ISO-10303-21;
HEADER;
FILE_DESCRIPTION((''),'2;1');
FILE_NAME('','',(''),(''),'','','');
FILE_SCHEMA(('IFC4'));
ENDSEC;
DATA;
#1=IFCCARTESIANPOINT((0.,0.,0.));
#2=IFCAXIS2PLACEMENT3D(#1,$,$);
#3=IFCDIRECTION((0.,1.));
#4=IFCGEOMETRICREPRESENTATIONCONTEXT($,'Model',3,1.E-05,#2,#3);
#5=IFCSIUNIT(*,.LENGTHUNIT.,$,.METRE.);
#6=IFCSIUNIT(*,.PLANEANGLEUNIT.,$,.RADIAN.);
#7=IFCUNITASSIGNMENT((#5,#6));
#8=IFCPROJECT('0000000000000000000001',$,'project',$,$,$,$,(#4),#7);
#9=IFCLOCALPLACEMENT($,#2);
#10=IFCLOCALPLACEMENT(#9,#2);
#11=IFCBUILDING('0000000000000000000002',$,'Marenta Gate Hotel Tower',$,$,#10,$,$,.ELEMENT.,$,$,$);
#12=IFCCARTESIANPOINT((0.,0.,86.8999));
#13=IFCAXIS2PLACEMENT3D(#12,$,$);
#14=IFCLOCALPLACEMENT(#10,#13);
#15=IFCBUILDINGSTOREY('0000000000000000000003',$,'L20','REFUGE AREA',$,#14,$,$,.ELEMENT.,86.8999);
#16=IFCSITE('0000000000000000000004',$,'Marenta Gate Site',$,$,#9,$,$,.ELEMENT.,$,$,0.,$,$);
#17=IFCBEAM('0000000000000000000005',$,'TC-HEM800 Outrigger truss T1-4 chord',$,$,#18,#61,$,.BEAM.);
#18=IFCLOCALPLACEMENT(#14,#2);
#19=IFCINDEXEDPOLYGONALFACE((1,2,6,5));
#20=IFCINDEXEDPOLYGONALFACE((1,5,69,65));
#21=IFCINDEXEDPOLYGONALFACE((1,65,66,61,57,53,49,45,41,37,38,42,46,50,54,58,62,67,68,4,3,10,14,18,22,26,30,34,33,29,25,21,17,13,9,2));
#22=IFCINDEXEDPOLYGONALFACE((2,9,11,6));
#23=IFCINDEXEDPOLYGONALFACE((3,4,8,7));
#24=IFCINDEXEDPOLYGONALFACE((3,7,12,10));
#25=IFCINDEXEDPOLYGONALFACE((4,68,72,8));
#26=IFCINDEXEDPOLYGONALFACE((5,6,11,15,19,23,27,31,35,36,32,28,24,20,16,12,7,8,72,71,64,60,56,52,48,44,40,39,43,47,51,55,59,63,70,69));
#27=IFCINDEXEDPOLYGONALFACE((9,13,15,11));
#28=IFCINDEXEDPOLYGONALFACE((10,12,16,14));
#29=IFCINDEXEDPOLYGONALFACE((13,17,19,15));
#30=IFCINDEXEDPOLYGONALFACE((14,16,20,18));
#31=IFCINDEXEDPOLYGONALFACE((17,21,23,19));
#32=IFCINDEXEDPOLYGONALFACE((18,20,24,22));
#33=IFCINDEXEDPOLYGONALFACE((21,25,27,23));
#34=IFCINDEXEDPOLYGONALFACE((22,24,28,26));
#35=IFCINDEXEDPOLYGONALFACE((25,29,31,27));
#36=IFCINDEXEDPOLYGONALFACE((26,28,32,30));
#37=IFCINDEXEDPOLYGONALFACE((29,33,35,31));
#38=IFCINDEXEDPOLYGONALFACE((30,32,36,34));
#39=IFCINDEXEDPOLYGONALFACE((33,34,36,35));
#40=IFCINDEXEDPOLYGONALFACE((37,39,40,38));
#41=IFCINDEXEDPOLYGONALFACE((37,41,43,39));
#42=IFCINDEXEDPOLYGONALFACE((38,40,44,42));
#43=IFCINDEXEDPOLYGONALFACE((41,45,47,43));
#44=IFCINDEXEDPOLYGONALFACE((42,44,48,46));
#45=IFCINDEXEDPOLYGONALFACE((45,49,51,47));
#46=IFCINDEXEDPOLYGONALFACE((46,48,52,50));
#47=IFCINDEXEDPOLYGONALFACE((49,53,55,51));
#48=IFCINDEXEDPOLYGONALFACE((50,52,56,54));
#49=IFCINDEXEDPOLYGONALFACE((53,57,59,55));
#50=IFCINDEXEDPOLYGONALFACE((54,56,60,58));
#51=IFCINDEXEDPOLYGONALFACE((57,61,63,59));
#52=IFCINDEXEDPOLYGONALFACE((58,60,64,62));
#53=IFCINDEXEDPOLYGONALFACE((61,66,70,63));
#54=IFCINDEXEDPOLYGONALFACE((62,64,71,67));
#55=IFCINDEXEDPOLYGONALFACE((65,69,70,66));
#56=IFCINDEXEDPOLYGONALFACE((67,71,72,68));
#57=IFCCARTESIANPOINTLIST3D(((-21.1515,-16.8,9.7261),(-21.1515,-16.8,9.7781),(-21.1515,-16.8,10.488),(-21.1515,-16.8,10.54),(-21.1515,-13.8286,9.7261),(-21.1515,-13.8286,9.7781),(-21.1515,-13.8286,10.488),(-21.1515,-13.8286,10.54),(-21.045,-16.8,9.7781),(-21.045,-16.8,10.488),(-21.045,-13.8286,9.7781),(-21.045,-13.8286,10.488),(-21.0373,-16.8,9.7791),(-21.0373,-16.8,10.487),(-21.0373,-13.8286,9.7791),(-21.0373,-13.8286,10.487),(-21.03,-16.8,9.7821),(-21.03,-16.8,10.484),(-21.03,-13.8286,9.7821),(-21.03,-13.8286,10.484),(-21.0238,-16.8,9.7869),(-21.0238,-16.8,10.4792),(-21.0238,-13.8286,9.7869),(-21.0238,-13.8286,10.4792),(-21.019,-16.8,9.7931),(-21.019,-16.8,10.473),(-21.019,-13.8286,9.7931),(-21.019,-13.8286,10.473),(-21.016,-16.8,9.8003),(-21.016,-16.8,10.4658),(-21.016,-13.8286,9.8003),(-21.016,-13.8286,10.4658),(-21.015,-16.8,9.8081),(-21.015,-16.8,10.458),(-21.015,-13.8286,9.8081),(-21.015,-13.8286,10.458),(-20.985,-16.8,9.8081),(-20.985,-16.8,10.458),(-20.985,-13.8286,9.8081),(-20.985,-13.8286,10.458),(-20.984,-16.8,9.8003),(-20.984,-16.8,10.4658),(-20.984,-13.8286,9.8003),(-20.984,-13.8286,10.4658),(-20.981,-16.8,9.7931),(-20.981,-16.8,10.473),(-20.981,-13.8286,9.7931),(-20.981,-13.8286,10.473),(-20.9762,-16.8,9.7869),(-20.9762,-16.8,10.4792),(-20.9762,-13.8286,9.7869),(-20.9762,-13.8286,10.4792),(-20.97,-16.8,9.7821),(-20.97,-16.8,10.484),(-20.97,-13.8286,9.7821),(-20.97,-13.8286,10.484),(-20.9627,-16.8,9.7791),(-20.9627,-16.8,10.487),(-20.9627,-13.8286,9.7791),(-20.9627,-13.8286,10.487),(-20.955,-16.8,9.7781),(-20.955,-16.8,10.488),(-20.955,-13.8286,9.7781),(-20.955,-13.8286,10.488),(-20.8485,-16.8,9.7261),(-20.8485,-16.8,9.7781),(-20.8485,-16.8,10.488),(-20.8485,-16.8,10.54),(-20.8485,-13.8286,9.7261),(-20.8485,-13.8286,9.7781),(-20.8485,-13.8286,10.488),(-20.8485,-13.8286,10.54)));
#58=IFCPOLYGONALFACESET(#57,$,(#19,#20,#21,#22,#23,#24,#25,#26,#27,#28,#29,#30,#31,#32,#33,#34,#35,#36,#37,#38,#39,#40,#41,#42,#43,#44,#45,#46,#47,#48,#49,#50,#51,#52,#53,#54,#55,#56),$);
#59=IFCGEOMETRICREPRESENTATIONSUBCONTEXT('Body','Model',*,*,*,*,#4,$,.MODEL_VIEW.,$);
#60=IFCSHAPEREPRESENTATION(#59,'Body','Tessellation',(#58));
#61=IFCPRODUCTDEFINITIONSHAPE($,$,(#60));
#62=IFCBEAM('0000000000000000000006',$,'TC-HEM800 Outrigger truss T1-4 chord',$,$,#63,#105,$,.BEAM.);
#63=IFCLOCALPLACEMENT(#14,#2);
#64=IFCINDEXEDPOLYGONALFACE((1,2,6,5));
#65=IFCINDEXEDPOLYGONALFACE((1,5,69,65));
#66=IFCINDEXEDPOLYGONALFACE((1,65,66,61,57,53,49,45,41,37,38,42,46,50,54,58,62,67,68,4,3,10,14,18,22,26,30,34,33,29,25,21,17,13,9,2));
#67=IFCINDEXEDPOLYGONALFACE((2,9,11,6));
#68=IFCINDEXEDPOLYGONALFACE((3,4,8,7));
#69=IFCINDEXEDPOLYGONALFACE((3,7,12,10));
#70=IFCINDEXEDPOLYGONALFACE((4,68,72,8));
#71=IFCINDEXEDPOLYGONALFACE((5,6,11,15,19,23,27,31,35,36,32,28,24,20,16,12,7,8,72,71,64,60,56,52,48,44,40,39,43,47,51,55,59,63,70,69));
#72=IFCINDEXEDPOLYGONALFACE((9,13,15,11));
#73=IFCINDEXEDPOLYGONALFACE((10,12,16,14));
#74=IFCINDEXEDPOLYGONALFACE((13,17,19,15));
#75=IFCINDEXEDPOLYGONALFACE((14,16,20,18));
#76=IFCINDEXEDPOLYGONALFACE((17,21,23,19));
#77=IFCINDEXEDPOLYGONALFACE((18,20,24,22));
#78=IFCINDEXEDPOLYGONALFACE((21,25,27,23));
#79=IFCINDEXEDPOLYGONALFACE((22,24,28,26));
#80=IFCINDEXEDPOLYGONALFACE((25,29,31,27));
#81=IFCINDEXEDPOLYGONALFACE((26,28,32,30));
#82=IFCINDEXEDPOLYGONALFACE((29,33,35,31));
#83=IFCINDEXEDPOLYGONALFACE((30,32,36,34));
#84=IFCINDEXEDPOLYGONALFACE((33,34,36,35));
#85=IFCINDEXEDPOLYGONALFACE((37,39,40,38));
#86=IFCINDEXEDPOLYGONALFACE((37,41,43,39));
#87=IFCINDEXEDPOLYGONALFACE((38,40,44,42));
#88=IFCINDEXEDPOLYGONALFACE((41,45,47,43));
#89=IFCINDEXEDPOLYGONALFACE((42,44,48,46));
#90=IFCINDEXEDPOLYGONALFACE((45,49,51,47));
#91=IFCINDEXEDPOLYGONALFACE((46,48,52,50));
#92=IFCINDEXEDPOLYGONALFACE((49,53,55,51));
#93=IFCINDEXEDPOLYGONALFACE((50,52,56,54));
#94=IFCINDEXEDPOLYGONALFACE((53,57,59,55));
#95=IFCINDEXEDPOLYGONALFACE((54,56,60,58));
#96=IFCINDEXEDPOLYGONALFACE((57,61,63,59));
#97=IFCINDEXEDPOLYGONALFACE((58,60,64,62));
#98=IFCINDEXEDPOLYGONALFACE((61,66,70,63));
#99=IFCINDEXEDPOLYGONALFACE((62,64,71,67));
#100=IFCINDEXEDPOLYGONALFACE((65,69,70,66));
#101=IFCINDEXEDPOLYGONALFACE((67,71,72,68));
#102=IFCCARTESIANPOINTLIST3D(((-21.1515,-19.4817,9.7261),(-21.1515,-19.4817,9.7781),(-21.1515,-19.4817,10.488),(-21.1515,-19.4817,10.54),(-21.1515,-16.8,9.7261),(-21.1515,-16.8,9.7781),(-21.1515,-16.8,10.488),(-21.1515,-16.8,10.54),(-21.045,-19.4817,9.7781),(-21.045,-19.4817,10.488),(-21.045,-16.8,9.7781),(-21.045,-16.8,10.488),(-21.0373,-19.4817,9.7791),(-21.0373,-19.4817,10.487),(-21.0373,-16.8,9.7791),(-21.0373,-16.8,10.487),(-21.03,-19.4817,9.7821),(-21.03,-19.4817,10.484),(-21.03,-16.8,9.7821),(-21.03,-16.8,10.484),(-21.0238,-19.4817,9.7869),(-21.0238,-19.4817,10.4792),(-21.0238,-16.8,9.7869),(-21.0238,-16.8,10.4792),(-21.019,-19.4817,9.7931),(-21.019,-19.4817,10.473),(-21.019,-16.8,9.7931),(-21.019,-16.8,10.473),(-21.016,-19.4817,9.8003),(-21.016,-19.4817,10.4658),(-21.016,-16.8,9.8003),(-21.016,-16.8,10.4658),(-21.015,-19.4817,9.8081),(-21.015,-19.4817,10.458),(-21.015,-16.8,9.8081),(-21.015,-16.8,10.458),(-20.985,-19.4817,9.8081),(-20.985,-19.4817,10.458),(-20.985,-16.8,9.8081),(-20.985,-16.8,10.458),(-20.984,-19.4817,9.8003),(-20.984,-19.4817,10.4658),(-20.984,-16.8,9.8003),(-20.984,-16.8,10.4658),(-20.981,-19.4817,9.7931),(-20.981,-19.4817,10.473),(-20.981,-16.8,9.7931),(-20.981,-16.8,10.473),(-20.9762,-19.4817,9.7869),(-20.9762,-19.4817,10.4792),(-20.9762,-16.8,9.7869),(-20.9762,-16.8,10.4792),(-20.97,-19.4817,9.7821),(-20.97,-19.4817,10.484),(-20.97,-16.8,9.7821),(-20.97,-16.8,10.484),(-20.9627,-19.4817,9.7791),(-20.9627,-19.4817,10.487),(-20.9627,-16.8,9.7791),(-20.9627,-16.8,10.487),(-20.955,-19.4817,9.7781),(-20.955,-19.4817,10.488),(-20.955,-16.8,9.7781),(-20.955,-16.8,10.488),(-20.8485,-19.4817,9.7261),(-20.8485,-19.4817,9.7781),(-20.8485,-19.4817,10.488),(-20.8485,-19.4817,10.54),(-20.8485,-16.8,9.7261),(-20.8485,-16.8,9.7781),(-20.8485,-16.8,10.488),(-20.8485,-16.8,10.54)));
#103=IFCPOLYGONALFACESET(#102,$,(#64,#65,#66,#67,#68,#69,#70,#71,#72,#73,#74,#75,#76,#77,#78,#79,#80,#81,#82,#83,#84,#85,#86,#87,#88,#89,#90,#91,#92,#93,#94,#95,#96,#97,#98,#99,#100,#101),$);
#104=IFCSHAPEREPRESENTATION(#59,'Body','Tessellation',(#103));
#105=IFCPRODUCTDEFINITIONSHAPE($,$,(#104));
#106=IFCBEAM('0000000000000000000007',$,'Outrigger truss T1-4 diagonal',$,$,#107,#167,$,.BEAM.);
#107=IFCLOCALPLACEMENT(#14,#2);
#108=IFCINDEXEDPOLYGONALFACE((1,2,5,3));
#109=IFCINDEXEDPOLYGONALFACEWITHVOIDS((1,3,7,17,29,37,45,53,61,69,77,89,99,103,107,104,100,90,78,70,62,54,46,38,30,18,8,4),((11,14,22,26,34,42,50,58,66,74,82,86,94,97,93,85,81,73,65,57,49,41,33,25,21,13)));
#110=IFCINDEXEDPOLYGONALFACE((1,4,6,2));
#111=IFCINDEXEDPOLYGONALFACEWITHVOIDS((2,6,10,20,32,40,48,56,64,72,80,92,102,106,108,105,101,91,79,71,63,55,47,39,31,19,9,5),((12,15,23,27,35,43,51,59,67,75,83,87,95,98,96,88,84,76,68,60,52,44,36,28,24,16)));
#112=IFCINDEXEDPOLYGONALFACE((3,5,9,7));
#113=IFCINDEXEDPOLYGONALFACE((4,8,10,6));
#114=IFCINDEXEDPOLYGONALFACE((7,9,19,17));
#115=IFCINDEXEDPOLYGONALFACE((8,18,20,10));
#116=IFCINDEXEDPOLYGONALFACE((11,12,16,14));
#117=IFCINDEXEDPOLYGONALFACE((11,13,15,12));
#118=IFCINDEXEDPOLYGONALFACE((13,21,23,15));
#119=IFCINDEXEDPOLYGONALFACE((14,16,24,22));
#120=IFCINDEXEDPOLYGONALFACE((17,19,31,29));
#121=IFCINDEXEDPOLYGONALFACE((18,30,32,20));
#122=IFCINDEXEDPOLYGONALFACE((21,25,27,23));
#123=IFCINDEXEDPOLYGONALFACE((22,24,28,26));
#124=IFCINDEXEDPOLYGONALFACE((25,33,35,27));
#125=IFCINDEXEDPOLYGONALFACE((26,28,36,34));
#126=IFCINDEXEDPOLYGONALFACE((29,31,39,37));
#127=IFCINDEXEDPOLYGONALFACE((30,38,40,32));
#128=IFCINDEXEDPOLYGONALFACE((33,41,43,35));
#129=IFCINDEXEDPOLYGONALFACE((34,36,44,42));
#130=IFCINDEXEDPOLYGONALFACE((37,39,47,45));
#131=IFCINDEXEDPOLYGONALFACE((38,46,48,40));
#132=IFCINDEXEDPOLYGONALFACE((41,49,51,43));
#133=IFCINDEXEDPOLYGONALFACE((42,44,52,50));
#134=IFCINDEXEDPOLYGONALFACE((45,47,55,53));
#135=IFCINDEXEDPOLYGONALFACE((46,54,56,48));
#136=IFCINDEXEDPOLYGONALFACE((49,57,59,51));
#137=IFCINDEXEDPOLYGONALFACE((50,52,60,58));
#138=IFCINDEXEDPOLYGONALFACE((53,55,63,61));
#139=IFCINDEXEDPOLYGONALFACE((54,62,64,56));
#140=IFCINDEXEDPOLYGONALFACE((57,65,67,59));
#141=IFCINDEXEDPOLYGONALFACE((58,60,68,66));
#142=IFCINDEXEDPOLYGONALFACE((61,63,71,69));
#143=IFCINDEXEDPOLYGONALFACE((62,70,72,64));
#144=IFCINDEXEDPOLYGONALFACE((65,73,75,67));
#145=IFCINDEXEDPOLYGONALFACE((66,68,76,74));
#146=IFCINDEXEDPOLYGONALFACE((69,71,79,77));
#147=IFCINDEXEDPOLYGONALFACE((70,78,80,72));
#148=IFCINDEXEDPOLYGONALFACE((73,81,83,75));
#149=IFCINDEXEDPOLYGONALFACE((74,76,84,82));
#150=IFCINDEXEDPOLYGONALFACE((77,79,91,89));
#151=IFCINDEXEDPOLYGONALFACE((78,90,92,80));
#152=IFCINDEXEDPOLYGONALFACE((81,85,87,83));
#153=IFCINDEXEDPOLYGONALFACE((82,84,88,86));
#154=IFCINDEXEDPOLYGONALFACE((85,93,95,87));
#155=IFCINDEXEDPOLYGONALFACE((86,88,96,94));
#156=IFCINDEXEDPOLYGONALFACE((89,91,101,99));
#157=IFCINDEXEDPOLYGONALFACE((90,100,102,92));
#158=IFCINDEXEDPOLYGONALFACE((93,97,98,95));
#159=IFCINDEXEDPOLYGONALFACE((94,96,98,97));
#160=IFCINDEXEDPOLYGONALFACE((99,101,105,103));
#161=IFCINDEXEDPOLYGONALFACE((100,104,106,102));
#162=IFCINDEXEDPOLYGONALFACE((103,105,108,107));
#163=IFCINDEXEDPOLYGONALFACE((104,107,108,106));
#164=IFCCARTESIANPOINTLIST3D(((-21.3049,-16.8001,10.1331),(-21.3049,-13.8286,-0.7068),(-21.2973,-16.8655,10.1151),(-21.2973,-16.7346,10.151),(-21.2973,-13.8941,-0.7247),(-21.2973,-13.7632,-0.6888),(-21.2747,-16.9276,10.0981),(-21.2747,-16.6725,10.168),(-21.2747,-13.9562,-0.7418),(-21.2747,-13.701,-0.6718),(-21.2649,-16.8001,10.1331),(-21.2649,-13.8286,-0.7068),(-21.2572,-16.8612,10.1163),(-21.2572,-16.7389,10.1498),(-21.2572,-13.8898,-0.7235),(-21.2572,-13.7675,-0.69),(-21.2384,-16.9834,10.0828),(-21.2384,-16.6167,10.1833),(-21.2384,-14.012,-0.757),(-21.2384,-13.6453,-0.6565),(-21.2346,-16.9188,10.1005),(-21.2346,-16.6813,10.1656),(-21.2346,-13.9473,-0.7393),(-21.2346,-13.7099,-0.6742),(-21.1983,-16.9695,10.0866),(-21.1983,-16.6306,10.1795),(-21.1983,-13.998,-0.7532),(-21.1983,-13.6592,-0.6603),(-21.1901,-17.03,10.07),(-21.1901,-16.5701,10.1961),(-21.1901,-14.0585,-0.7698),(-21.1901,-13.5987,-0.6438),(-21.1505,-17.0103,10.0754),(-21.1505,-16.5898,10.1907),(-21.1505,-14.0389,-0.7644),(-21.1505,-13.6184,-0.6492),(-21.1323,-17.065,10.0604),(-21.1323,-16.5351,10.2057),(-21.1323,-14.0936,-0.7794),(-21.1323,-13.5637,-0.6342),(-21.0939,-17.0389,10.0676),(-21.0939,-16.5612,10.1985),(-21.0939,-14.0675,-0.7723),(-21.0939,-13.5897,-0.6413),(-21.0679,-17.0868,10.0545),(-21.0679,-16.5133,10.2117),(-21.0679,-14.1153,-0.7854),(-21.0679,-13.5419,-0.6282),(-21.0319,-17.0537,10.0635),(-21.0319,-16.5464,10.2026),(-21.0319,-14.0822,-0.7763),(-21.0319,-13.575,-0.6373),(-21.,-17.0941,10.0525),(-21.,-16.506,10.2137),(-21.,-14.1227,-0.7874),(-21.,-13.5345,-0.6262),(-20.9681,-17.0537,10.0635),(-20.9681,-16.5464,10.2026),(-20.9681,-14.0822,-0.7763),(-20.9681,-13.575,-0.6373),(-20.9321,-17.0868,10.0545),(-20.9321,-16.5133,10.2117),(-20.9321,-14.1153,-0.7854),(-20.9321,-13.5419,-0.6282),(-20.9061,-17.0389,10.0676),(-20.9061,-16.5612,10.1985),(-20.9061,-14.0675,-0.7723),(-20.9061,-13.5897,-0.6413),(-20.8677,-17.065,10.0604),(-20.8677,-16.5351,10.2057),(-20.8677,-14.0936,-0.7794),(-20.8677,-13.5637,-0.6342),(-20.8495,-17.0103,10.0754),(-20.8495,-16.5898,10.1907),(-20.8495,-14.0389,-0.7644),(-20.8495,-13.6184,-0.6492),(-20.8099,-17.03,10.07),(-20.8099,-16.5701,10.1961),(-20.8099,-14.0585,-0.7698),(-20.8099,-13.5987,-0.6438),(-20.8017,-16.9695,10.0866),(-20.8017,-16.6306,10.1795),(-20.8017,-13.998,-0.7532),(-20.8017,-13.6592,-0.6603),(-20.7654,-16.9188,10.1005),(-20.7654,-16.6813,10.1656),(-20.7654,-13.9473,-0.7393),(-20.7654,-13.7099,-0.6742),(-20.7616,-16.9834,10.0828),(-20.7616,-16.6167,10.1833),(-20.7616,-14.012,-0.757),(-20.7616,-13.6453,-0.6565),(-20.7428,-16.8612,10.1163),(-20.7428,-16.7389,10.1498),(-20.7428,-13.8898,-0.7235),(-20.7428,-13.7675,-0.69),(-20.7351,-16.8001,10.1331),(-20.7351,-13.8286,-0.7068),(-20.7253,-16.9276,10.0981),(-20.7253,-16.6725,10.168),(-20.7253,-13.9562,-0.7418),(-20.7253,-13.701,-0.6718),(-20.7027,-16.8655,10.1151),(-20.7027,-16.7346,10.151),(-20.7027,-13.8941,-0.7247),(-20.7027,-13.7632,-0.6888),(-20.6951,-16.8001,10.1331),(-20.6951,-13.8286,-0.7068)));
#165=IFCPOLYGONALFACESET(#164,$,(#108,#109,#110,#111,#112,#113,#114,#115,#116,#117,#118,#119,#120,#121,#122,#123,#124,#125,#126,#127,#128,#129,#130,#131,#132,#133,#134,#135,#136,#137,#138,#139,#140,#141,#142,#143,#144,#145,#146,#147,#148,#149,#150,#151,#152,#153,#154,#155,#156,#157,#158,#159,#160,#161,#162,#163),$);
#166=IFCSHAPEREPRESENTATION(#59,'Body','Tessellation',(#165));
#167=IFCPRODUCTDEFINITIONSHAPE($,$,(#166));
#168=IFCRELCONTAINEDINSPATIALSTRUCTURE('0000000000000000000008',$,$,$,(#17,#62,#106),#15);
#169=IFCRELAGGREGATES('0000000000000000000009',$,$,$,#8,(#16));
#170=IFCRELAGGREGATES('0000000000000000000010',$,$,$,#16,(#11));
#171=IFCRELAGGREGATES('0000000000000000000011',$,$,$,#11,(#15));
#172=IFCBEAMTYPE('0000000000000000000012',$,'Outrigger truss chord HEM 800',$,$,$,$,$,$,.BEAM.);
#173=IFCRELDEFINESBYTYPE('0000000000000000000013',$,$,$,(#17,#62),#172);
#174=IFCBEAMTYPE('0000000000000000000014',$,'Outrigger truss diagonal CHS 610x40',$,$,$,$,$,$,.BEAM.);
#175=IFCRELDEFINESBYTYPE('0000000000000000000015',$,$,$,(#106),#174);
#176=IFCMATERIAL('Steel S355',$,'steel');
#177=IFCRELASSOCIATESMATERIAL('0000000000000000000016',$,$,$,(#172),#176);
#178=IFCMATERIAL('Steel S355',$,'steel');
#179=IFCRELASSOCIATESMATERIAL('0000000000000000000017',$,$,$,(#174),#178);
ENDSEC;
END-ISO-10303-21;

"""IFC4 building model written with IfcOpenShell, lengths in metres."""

from ifc_helpers import new_model, si_unit, direction, frame, origin, origin_2d, place, context, subcontext, project, spatial, hollow_circle, i_section, extrude, material, material_profile, profile_set, type_object, element, save


model = new_model("IFC4")

# Units and contexts
model_context = context("Model", 3, precision=1e-05, world=origin(), true_north=direction((0.0, 1.0)))
body_context = subcontext(model_context, "Body", "Model", "MODEL_VIEW")
ifc_project = project(units=[si_unit("LENGTHUNIT", "METRE"), si_unit("PLANEANGLEUNIT", "RADIAN")], contexts=[model_context])

# Site, building, storey
site_placement = place(None, origin())
site = spatial("IfcSite", under=ifc_project, at=site_placement, Name="Marenta Gate Site", CompositionType="ELEMENT", RefElevation=0.0)
building_placement = place(site_placement, origin())
building = spatial("IfcBuilding", under=site, at=building_placement, Name="Marenta Gate Hotel Tower", CompositionType="ELEMENT")
storey_placement = place(building_placement, frame((0.0, 0.0, 86.8999)))
storey = spatial("IfcBuildingStorey", under=building, at=storey_placement, Name="L20", Description="REFUGE AREA", CompositionType="ELEMENT", Elevation=86.8999)

# Beams
ifc_material_1 = material(Name="Steel S355", Category="steel")
ifc_material_profile_1 = material_profile(ifc_material_1, i_section(OverallWidth=0.303, OverallDepth=0.814, WebThickness=0.03, FlangeThickness=0.052, FilletRadius=0.03, at=origin_2d()), Name="HEM 800")
ifc_profile_set_1 = profile_set([ifc_material_profile_1], Name="Steel S355")
beam_type_1 = type_object("IfcBeamType", Name="Outrigger truss chord HEM 800", PredefinedType="BEAM", material=ifc_profile_set_1)
beam_1_placement = place(storey_placement, frame((-21.0, -13.8286, 10.1331), z_axis=(0.0, -1.0, 0.0), x_axis=(1.0, 0.0, 0.0)))
element("IfcBeam", 1, at=beam_1_placement, inside=storey, type_object=beam_type_1, Name="TC-HEM800 Outrigger truss T1-4 chord", PredefinedType="BEAM", context=body_context, shape_type="SweptSolid", body=[
    extrude(i_section(OverallWidth=0.303, OverallDepth=0.814, WebThickness=0.03, FlangeThickness=0.052, FilletRadius=0.03, at=origin_2d()), origin(), (0.0, 0.0, 1.0), 2.9714),
])
beam_2_placement = place(storey_placement, frame((-21.0, -16.8, 10.1331), z_axis=(0.0, -1.0, 0.0), x_axis=(1.0, 0.0, 0.0)))
element("IfcBeam", 2, at=beam_2_placement, inside=storey, type_object=beam_type_1, Name="TC-HEM800 Outrigger truss T1-4 chord", PredefinedType="BEAM", context=body_context, shape_type="SweptSolid", body=[
    extrude(i_section(OverallWidth=0.303, OverallDepth=0.814, WebThickness=0.03, FlangeThickness=0.052, FilletRadius=0.03, at=origin_2d()), origin(), (0.0, 0.0, 1.0), 2.6816),
])
ifc_material_2 = material(Name="Steel S355", Category="steel")
ifc_material_profile_2 = material_profile(ifc_material_2, hollow_circle(Radius=0.3049, WallThickness=0.04, at=origin_2d()), Name="CHS 610x40")
ifc_profile_set_2 = profile_set([ifc_material_profile_2], Name="Steel S355")
beam_type_2 = type_object("IfcBeamType", Name="Outrigger truss diagonal CHS 610x40", PredefinedType="BEAM", material=ifc_profile_set_2)
beam_3_placement = place(storey_placement, frame((-21.0, -13.8286, -0.7068), z_axis=(0.0, -0.264369, 0.964422), x_axis=(1.0, 0.0, 0.0)))
element("IfcBeam", 3, at=beam_3_placement, inside=storey, type_object=beam_type_2, Name="Outrigger truss T1-4 diagonal", PredefinedType="BEAM", context=body_context, shape_type="SweptSolid", body=[
    extrude(hollow_circle(Radius=0.3049, WallThickness=0.04, at=origin_2d()), origin(), (0.0, 0.0, 1.0), 11.2397),
])

save(model, "model.ifc")
